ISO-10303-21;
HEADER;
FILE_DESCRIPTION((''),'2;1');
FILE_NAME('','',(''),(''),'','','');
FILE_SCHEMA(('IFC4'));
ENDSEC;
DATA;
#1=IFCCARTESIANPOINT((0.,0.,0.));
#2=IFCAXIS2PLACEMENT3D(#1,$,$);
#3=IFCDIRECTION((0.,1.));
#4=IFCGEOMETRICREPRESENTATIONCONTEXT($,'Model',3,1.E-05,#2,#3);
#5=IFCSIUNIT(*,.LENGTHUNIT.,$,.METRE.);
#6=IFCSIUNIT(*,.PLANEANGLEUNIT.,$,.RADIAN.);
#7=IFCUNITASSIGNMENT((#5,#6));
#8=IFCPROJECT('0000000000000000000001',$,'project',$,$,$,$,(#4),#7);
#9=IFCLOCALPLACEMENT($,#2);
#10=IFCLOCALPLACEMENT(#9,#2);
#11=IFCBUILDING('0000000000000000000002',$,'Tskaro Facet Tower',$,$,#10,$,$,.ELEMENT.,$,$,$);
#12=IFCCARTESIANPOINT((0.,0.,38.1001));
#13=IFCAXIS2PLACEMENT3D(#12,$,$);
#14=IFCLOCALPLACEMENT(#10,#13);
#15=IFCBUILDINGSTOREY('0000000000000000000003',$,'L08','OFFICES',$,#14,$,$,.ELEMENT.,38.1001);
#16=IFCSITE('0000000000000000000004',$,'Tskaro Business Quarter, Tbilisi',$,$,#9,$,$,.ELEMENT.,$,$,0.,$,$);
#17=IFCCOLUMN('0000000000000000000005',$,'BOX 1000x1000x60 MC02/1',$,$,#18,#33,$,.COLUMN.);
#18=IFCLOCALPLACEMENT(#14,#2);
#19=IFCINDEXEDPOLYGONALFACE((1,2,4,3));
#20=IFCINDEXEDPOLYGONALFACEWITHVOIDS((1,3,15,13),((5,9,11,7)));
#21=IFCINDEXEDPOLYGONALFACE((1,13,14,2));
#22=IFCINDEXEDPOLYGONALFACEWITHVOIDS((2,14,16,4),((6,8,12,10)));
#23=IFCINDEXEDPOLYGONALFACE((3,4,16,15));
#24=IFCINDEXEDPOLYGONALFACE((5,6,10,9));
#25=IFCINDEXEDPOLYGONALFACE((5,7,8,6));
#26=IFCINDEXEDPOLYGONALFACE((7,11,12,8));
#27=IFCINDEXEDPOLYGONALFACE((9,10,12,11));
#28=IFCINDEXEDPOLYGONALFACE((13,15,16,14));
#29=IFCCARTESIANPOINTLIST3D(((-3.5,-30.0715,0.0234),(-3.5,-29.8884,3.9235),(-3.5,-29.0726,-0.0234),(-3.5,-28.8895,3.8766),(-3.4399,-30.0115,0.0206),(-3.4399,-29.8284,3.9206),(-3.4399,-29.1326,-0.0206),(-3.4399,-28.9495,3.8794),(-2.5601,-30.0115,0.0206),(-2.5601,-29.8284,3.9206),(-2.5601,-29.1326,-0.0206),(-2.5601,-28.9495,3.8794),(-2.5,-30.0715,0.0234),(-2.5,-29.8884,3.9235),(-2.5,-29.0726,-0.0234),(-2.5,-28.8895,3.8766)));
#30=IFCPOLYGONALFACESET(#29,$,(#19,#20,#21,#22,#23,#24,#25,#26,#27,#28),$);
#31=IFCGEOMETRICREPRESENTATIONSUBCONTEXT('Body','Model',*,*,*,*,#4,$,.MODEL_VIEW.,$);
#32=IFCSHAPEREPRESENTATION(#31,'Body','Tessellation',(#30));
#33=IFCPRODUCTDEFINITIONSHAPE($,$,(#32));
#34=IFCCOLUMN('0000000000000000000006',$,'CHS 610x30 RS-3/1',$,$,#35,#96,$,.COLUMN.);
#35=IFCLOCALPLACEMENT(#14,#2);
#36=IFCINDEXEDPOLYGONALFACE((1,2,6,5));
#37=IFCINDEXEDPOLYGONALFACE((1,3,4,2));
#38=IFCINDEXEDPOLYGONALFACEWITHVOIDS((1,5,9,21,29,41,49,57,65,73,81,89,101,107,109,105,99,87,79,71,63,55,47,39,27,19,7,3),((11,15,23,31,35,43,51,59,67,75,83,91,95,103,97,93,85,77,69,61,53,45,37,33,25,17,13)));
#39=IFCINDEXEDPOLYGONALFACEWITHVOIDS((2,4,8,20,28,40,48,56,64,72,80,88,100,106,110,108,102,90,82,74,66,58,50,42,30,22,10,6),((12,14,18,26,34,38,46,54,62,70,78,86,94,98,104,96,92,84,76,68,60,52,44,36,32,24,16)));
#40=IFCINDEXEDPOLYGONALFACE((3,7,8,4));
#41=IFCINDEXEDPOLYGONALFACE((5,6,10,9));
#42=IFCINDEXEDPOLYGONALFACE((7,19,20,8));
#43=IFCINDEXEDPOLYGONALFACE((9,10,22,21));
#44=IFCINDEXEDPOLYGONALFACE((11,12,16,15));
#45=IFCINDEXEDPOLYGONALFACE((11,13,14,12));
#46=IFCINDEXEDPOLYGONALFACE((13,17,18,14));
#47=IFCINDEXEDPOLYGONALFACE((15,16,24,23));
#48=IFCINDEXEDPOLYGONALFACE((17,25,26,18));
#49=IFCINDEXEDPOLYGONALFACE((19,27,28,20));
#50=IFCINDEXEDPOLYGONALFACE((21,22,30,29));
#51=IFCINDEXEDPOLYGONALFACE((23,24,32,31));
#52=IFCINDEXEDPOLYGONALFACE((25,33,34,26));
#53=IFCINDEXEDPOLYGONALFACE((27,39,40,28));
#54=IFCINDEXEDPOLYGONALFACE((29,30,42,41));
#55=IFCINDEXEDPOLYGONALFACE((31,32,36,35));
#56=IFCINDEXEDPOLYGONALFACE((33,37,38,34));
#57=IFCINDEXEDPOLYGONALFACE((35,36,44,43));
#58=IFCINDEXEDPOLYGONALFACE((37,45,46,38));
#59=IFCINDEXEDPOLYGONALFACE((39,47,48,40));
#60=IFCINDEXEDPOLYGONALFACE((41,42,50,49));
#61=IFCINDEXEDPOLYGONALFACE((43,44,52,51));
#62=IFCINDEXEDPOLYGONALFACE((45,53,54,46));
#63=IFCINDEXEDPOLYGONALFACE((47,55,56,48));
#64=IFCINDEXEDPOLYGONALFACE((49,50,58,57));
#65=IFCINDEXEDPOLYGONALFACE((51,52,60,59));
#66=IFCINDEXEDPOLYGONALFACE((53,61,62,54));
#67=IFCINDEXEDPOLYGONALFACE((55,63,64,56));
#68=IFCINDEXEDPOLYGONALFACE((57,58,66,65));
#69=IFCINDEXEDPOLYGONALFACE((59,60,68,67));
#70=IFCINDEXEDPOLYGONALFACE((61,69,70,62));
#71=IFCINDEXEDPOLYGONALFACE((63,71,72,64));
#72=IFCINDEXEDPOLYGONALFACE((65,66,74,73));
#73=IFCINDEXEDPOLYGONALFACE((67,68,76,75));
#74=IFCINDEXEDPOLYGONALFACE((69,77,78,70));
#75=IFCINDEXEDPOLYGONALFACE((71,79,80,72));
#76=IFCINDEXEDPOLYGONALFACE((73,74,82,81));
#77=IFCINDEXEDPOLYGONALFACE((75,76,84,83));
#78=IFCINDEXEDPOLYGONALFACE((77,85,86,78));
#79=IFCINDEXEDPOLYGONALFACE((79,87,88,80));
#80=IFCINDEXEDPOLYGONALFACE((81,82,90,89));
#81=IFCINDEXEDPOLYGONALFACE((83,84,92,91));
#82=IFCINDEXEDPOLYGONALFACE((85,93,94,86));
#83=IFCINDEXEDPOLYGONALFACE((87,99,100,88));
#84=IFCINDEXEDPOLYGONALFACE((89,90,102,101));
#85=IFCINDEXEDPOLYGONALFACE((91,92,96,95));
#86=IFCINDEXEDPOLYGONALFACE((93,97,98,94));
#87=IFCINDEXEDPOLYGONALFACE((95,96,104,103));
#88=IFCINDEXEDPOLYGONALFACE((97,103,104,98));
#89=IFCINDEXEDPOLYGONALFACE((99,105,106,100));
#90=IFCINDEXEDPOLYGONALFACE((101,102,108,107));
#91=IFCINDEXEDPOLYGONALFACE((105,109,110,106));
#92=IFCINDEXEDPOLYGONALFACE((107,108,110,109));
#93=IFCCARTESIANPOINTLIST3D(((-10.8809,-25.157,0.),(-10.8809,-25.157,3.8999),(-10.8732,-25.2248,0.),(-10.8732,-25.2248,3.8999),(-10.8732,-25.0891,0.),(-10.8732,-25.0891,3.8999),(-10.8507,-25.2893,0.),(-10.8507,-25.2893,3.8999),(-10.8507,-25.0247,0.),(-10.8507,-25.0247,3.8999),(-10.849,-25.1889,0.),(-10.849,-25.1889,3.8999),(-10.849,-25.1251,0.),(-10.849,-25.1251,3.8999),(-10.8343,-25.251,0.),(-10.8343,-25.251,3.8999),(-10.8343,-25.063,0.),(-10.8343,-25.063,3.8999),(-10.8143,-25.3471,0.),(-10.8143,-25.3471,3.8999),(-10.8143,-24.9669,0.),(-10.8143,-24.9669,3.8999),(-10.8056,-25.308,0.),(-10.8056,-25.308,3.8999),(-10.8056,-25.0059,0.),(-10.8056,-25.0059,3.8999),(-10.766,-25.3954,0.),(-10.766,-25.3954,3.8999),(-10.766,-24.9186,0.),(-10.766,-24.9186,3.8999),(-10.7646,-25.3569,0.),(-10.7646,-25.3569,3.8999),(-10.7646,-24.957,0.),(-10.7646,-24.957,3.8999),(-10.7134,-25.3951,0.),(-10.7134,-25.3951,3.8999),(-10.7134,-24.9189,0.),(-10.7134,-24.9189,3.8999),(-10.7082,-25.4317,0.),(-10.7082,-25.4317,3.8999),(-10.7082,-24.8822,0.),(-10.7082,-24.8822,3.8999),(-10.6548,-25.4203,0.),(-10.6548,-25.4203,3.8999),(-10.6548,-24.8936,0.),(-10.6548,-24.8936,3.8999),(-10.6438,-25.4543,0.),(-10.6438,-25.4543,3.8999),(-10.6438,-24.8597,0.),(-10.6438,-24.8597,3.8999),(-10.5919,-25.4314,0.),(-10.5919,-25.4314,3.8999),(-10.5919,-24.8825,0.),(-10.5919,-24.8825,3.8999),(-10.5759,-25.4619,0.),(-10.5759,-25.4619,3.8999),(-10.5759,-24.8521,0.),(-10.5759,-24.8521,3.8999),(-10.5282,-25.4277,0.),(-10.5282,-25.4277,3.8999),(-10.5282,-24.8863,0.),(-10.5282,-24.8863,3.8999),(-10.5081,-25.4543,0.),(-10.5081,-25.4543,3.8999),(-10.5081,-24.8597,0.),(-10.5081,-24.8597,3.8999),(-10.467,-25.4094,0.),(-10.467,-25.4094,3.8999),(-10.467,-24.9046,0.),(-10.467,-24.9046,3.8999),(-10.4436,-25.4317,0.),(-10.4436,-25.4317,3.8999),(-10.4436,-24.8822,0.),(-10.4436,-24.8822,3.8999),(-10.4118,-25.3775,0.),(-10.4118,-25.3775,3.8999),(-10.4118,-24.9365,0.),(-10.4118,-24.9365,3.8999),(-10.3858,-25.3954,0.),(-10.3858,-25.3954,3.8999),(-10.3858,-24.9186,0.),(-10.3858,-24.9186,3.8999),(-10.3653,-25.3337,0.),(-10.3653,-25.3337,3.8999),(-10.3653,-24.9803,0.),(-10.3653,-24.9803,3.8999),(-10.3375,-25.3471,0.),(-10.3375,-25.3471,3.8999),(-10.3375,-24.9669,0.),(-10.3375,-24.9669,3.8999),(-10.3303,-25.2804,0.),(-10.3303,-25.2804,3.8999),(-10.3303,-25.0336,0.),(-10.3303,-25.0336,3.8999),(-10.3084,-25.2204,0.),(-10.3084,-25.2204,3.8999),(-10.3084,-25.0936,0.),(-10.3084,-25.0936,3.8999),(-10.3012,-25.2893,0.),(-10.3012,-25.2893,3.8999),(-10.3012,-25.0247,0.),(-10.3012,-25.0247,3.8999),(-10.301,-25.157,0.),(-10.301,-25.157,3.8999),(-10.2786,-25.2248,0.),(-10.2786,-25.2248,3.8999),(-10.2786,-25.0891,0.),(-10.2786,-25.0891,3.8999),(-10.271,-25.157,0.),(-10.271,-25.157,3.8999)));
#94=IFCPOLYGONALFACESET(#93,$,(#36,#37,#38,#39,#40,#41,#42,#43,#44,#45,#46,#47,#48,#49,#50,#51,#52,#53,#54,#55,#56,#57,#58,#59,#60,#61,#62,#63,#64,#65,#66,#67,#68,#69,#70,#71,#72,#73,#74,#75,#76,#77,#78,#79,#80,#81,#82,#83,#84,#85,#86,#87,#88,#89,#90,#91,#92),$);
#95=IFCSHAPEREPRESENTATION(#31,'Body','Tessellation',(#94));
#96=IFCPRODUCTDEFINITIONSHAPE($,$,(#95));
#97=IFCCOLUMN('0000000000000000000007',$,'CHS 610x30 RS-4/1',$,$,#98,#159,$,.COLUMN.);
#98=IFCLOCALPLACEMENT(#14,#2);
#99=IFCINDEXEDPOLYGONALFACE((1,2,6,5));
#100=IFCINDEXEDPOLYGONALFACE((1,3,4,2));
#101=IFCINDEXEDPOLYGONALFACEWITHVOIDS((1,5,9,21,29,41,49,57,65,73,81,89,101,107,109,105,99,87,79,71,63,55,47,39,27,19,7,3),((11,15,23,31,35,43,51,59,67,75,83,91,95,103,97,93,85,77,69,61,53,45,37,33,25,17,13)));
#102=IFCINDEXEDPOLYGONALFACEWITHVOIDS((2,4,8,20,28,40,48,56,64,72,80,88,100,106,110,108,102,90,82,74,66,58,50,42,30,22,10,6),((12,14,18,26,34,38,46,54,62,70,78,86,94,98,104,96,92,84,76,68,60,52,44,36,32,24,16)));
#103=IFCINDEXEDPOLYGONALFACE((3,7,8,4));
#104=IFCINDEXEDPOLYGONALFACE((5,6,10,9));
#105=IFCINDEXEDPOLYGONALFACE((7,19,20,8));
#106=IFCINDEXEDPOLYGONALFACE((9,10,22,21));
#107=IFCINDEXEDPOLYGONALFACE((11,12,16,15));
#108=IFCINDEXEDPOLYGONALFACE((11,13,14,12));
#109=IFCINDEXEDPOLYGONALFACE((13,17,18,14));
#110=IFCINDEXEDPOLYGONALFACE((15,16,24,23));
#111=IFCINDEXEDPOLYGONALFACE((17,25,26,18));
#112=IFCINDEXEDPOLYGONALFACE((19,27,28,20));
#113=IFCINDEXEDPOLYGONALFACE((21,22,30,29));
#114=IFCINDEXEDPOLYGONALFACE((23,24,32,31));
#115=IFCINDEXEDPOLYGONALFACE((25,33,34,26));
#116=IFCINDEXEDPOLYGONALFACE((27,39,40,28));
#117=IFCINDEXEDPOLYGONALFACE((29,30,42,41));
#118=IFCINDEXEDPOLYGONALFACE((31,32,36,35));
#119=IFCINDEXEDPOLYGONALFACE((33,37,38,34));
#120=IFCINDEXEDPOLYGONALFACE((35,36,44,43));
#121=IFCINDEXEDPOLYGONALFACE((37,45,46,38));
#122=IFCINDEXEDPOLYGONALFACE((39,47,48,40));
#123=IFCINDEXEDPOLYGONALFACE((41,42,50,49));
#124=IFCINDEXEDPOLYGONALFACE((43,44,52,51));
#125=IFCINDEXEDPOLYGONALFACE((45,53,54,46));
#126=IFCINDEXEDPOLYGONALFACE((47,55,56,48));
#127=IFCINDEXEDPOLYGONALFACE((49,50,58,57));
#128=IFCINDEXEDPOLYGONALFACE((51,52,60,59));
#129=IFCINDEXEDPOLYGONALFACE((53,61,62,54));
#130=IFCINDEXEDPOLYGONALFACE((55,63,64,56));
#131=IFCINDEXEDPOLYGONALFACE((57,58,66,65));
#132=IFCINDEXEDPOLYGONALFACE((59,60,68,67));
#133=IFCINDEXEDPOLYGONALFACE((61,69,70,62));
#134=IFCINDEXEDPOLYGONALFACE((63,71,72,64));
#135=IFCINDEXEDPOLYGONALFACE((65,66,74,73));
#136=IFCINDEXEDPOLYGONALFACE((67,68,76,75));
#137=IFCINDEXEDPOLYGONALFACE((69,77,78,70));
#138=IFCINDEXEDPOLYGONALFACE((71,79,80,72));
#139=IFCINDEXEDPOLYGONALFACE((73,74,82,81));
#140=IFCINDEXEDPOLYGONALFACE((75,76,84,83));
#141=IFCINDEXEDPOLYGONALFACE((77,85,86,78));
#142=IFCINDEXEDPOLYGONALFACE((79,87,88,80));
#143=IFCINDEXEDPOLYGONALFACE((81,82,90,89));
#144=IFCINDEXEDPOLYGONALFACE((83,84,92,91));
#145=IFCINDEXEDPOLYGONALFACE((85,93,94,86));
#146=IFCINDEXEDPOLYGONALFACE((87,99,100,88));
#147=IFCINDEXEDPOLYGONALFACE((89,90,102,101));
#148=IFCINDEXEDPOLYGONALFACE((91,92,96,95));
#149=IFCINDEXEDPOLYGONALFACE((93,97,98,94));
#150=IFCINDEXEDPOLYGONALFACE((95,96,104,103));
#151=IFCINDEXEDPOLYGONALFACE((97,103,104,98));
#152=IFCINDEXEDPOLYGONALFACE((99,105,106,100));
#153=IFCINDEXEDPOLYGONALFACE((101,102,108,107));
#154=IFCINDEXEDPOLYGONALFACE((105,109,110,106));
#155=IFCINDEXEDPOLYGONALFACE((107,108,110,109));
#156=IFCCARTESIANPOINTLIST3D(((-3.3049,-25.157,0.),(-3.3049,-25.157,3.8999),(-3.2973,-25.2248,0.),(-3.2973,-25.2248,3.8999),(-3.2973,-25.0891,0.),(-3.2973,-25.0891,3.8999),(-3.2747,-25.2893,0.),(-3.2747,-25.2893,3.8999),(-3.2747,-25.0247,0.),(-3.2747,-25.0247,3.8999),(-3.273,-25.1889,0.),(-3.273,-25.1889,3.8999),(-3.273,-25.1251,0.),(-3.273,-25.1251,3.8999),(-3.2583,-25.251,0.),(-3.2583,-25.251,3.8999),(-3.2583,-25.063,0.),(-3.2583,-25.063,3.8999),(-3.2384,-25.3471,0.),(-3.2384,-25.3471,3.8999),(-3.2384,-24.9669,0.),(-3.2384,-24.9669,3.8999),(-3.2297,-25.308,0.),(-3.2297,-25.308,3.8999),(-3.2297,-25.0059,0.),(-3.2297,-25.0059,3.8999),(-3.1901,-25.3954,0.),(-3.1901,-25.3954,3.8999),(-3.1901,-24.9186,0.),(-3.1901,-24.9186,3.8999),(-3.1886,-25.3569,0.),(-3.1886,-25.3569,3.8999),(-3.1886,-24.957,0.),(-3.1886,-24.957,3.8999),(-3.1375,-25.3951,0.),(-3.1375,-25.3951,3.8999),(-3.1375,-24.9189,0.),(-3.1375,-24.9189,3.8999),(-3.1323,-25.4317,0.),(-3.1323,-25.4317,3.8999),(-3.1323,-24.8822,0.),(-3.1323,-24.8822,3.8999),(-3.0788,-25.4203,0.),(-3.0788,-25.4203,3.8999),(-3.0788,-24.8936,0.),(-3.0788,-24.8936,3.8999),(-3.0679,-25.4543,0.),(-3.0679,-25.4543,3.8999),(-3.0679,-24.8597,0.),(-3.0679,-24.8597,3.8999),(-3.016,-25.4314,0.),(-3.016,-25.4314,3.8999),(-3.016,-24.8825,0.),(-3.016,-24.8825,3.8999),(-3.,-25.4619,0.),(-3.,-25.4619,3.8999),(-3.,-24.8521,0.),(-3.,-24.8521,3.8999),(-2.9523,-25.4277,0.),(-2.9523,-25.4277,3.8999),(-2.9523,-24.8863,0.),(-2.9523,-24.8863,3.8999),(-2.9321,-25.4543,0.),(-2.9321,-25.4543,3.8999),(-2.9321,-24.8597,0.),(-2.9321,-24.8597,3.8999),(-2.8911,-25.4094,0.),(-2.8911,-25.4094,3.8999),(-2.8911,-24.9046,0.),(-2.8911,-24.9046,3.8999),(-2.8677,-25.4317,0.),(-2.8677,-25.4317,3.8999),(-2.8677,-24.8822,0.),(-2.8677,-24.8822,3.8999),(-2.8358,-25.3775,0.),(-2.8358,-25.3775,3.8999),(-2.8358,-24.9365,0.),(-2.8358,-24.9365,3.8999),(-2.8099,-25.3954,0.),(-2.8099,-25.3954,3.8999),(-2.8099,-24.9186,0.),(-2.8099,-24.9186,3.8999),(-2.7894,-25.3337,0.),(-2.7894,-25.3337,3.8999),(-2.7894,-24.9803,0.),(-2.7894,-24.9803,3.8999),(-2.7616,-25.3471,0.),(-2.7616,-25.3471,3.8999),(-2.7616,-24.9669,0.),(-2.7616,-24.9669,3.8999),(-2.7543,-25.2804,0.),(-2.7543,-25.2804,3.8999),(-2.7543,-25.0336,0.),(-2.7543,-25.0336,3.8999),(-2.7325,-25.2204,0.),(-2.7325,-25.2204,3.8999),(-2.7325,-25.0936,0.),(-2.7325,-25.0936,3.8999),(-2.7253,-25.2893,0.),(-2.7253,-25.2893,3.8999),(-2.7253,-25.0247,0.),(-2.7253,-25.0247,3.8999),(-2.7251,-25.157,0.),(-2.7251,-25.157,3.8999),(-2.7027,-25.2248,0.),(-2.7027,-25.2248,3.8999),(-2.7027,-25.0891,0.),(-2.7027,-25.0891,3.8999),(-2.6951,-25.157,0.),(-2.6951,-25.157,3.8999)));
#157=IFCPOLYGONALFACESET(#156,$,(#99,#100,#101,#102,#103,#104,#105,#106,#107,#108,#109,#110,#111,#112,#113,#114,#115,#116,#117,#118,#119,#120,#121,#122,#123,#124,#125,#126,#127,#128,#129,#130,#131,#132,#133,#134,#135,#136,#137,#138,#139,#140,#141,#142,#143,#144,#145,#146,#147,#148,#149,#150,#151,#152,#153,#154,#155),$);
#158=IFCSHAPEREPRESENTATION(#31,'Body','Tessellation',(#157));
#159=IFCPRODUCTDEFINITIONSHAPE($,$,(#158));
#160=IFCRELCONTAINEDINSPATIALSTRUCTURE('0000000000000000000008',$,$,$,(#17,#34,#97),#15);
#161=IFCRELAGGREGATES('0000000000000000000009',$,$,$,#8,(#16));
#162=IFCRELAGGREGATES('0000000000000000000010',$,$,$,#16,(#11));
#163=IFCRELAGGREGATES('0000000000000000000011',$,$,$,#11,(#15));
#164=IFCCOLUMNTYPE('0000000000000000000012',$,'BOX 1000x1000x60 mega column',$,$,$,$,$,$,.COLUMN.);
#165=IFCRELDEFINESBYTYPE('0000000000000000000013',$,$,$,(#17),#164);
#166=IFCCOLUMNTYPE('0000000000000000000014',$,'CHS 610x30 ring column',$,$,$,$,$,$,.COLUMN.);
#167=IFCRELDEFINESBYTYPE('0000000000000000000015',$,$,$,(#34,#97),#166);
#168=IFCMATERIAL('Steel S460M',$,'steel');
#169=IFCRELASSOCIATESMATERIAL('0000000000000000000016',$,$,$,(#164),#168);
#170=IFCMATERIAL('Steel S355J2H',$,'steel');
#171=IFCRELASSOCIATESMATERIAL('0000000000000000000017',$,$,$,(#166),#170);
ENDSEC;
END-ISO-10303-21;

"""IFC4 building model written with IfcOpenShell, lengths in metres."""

from ifc_helpers import new_model, si_unit, direction, frame, origin, origin_2d, place, context, subcontext, project, spatial, hollow_rectangle, hollow_circle, extrude, material, material_profile, profile_set, type_object, element, save


model = new_model("IFC4")

# Units and contexts
model_context = context("Model", 3, precision=1e-05, world=origin(), true_north=direction((0.0, 1.0)))
body_context = subcontext(model_context, "Body", "Model", "MODEL_VIEW")
ifc_project = project(units=[si_unit("LENGTHUNIT", "METRE"), si_unit("PLANEANGLEUNIT", "RADIAN")], contexts=[model_context])

# Site, building, storey
site_placement = place(None, origin())
site = spatial("IfcSite", under=ifc_project, at=site_placement, Name="Tskaro Business Quarter, Tbilisi", CompositionType="ELEMENT", RefElevation=0.0)
building_placement = place(site_placement, origin())
building = spatial("IfcBuilding", under=site, at=building_placement, Name="Tskaro Facet Tower", CompositionType="ELEMENT")
storey_placement = place(building_placement, frame((0.0, 0.0, 38.1001)))
storey = spatial("IfcBuildingStorey", under=building, at=storey_placement, Name="L08", Description="OFFICES", CompositionType="ELEMENT", Elevation=38.1001)

# Columns
ifc_material_1 = material(Name="Steel S460M", Category="steel")
ifc_material_profile_1 = material_profile(ifc_material_1, hollow_rectangle(XDim=1.0, YDim=1.0, WallThickness=0.0601, at=origin_2d()), Name="BOX 1000x1000x60")
ifc_profile_set_1 = profile_set([ifc_material_profile_1], Name="Steel S460M")
column_type_1 = type_object("IfcColumnType", Name="BOX 1000x1000x60 mega column", PredefinedType="COLUMN", material=ifc_profile_set_1)
column_1_placement = place(storey_placement, frame((-3.0, -29.572, 0.0), z_axis=(0.0, 0.0469, 0.9989), x_axis=(-1.0, 0.0, 0.0)))
element("IfcColumn", 1, at=column_1_placement, inside=storey, type_object=column_type_1, Name="BOX 1000x1000x60 MC02/1", PredefinedType="COLUMN", context=body_context, shape_type="SweptSolid", body=[
    extrude(hollow_rectangle(XDim=1.0, YDim=1.0, WallThickness=0.0601, at=origin_2d()), origin(), (0.0, 0.0, 1.0), 3.9043),
])
ifc_material_2 = material(Name="Steel S355J2H", Category="steel")
ifc_material_profile_2 = material_profile(ifc_material_2, hollow_circle(Radius=0.3049, WallThickness=0.03, at=origin_2d()), Name="CHS 610x30")
ifc_profile_set_2 = profile_set([ifc_material_profile_2], Name="Steel S355J2H")
column_type_2 = type_object("IfcColumnType", Name="CHS 610x30 ring column", PredefinedType="COLUMN", material=ifc_profile_set_2)
for number, where, z_axis, x_axis, name in (
    (2, (-10.5759, -25.157, 0.0), (0.0, 0.0, 1.0), (1.0, 0.0, 0.0), "CHS 610x30 RS-3/1"),
    (3, (-3.0, -25.157, 0.0), (0.0, 0.0, 1.0), (1.0, 0.0, 0.0), "CHS 610x30 RS-4/1"),
):
    element("IfcColumn", number, at=place(storey_placement, frame(where, z_axis=z_axis, x_axis=x_axis)), inside=storey, type_object=column_type_2, Name=name, PredefinedType="COLUMN", context=body_context, shape_type="SweptSolid", body=[
        extrude(hollow_circle(Radius=0.3049, WallThickness=0.03, at=origin_2d()), origin(), (0.0, 0.0, 1.0), 3.8999),
    ])

save(model, "model.ifc")
